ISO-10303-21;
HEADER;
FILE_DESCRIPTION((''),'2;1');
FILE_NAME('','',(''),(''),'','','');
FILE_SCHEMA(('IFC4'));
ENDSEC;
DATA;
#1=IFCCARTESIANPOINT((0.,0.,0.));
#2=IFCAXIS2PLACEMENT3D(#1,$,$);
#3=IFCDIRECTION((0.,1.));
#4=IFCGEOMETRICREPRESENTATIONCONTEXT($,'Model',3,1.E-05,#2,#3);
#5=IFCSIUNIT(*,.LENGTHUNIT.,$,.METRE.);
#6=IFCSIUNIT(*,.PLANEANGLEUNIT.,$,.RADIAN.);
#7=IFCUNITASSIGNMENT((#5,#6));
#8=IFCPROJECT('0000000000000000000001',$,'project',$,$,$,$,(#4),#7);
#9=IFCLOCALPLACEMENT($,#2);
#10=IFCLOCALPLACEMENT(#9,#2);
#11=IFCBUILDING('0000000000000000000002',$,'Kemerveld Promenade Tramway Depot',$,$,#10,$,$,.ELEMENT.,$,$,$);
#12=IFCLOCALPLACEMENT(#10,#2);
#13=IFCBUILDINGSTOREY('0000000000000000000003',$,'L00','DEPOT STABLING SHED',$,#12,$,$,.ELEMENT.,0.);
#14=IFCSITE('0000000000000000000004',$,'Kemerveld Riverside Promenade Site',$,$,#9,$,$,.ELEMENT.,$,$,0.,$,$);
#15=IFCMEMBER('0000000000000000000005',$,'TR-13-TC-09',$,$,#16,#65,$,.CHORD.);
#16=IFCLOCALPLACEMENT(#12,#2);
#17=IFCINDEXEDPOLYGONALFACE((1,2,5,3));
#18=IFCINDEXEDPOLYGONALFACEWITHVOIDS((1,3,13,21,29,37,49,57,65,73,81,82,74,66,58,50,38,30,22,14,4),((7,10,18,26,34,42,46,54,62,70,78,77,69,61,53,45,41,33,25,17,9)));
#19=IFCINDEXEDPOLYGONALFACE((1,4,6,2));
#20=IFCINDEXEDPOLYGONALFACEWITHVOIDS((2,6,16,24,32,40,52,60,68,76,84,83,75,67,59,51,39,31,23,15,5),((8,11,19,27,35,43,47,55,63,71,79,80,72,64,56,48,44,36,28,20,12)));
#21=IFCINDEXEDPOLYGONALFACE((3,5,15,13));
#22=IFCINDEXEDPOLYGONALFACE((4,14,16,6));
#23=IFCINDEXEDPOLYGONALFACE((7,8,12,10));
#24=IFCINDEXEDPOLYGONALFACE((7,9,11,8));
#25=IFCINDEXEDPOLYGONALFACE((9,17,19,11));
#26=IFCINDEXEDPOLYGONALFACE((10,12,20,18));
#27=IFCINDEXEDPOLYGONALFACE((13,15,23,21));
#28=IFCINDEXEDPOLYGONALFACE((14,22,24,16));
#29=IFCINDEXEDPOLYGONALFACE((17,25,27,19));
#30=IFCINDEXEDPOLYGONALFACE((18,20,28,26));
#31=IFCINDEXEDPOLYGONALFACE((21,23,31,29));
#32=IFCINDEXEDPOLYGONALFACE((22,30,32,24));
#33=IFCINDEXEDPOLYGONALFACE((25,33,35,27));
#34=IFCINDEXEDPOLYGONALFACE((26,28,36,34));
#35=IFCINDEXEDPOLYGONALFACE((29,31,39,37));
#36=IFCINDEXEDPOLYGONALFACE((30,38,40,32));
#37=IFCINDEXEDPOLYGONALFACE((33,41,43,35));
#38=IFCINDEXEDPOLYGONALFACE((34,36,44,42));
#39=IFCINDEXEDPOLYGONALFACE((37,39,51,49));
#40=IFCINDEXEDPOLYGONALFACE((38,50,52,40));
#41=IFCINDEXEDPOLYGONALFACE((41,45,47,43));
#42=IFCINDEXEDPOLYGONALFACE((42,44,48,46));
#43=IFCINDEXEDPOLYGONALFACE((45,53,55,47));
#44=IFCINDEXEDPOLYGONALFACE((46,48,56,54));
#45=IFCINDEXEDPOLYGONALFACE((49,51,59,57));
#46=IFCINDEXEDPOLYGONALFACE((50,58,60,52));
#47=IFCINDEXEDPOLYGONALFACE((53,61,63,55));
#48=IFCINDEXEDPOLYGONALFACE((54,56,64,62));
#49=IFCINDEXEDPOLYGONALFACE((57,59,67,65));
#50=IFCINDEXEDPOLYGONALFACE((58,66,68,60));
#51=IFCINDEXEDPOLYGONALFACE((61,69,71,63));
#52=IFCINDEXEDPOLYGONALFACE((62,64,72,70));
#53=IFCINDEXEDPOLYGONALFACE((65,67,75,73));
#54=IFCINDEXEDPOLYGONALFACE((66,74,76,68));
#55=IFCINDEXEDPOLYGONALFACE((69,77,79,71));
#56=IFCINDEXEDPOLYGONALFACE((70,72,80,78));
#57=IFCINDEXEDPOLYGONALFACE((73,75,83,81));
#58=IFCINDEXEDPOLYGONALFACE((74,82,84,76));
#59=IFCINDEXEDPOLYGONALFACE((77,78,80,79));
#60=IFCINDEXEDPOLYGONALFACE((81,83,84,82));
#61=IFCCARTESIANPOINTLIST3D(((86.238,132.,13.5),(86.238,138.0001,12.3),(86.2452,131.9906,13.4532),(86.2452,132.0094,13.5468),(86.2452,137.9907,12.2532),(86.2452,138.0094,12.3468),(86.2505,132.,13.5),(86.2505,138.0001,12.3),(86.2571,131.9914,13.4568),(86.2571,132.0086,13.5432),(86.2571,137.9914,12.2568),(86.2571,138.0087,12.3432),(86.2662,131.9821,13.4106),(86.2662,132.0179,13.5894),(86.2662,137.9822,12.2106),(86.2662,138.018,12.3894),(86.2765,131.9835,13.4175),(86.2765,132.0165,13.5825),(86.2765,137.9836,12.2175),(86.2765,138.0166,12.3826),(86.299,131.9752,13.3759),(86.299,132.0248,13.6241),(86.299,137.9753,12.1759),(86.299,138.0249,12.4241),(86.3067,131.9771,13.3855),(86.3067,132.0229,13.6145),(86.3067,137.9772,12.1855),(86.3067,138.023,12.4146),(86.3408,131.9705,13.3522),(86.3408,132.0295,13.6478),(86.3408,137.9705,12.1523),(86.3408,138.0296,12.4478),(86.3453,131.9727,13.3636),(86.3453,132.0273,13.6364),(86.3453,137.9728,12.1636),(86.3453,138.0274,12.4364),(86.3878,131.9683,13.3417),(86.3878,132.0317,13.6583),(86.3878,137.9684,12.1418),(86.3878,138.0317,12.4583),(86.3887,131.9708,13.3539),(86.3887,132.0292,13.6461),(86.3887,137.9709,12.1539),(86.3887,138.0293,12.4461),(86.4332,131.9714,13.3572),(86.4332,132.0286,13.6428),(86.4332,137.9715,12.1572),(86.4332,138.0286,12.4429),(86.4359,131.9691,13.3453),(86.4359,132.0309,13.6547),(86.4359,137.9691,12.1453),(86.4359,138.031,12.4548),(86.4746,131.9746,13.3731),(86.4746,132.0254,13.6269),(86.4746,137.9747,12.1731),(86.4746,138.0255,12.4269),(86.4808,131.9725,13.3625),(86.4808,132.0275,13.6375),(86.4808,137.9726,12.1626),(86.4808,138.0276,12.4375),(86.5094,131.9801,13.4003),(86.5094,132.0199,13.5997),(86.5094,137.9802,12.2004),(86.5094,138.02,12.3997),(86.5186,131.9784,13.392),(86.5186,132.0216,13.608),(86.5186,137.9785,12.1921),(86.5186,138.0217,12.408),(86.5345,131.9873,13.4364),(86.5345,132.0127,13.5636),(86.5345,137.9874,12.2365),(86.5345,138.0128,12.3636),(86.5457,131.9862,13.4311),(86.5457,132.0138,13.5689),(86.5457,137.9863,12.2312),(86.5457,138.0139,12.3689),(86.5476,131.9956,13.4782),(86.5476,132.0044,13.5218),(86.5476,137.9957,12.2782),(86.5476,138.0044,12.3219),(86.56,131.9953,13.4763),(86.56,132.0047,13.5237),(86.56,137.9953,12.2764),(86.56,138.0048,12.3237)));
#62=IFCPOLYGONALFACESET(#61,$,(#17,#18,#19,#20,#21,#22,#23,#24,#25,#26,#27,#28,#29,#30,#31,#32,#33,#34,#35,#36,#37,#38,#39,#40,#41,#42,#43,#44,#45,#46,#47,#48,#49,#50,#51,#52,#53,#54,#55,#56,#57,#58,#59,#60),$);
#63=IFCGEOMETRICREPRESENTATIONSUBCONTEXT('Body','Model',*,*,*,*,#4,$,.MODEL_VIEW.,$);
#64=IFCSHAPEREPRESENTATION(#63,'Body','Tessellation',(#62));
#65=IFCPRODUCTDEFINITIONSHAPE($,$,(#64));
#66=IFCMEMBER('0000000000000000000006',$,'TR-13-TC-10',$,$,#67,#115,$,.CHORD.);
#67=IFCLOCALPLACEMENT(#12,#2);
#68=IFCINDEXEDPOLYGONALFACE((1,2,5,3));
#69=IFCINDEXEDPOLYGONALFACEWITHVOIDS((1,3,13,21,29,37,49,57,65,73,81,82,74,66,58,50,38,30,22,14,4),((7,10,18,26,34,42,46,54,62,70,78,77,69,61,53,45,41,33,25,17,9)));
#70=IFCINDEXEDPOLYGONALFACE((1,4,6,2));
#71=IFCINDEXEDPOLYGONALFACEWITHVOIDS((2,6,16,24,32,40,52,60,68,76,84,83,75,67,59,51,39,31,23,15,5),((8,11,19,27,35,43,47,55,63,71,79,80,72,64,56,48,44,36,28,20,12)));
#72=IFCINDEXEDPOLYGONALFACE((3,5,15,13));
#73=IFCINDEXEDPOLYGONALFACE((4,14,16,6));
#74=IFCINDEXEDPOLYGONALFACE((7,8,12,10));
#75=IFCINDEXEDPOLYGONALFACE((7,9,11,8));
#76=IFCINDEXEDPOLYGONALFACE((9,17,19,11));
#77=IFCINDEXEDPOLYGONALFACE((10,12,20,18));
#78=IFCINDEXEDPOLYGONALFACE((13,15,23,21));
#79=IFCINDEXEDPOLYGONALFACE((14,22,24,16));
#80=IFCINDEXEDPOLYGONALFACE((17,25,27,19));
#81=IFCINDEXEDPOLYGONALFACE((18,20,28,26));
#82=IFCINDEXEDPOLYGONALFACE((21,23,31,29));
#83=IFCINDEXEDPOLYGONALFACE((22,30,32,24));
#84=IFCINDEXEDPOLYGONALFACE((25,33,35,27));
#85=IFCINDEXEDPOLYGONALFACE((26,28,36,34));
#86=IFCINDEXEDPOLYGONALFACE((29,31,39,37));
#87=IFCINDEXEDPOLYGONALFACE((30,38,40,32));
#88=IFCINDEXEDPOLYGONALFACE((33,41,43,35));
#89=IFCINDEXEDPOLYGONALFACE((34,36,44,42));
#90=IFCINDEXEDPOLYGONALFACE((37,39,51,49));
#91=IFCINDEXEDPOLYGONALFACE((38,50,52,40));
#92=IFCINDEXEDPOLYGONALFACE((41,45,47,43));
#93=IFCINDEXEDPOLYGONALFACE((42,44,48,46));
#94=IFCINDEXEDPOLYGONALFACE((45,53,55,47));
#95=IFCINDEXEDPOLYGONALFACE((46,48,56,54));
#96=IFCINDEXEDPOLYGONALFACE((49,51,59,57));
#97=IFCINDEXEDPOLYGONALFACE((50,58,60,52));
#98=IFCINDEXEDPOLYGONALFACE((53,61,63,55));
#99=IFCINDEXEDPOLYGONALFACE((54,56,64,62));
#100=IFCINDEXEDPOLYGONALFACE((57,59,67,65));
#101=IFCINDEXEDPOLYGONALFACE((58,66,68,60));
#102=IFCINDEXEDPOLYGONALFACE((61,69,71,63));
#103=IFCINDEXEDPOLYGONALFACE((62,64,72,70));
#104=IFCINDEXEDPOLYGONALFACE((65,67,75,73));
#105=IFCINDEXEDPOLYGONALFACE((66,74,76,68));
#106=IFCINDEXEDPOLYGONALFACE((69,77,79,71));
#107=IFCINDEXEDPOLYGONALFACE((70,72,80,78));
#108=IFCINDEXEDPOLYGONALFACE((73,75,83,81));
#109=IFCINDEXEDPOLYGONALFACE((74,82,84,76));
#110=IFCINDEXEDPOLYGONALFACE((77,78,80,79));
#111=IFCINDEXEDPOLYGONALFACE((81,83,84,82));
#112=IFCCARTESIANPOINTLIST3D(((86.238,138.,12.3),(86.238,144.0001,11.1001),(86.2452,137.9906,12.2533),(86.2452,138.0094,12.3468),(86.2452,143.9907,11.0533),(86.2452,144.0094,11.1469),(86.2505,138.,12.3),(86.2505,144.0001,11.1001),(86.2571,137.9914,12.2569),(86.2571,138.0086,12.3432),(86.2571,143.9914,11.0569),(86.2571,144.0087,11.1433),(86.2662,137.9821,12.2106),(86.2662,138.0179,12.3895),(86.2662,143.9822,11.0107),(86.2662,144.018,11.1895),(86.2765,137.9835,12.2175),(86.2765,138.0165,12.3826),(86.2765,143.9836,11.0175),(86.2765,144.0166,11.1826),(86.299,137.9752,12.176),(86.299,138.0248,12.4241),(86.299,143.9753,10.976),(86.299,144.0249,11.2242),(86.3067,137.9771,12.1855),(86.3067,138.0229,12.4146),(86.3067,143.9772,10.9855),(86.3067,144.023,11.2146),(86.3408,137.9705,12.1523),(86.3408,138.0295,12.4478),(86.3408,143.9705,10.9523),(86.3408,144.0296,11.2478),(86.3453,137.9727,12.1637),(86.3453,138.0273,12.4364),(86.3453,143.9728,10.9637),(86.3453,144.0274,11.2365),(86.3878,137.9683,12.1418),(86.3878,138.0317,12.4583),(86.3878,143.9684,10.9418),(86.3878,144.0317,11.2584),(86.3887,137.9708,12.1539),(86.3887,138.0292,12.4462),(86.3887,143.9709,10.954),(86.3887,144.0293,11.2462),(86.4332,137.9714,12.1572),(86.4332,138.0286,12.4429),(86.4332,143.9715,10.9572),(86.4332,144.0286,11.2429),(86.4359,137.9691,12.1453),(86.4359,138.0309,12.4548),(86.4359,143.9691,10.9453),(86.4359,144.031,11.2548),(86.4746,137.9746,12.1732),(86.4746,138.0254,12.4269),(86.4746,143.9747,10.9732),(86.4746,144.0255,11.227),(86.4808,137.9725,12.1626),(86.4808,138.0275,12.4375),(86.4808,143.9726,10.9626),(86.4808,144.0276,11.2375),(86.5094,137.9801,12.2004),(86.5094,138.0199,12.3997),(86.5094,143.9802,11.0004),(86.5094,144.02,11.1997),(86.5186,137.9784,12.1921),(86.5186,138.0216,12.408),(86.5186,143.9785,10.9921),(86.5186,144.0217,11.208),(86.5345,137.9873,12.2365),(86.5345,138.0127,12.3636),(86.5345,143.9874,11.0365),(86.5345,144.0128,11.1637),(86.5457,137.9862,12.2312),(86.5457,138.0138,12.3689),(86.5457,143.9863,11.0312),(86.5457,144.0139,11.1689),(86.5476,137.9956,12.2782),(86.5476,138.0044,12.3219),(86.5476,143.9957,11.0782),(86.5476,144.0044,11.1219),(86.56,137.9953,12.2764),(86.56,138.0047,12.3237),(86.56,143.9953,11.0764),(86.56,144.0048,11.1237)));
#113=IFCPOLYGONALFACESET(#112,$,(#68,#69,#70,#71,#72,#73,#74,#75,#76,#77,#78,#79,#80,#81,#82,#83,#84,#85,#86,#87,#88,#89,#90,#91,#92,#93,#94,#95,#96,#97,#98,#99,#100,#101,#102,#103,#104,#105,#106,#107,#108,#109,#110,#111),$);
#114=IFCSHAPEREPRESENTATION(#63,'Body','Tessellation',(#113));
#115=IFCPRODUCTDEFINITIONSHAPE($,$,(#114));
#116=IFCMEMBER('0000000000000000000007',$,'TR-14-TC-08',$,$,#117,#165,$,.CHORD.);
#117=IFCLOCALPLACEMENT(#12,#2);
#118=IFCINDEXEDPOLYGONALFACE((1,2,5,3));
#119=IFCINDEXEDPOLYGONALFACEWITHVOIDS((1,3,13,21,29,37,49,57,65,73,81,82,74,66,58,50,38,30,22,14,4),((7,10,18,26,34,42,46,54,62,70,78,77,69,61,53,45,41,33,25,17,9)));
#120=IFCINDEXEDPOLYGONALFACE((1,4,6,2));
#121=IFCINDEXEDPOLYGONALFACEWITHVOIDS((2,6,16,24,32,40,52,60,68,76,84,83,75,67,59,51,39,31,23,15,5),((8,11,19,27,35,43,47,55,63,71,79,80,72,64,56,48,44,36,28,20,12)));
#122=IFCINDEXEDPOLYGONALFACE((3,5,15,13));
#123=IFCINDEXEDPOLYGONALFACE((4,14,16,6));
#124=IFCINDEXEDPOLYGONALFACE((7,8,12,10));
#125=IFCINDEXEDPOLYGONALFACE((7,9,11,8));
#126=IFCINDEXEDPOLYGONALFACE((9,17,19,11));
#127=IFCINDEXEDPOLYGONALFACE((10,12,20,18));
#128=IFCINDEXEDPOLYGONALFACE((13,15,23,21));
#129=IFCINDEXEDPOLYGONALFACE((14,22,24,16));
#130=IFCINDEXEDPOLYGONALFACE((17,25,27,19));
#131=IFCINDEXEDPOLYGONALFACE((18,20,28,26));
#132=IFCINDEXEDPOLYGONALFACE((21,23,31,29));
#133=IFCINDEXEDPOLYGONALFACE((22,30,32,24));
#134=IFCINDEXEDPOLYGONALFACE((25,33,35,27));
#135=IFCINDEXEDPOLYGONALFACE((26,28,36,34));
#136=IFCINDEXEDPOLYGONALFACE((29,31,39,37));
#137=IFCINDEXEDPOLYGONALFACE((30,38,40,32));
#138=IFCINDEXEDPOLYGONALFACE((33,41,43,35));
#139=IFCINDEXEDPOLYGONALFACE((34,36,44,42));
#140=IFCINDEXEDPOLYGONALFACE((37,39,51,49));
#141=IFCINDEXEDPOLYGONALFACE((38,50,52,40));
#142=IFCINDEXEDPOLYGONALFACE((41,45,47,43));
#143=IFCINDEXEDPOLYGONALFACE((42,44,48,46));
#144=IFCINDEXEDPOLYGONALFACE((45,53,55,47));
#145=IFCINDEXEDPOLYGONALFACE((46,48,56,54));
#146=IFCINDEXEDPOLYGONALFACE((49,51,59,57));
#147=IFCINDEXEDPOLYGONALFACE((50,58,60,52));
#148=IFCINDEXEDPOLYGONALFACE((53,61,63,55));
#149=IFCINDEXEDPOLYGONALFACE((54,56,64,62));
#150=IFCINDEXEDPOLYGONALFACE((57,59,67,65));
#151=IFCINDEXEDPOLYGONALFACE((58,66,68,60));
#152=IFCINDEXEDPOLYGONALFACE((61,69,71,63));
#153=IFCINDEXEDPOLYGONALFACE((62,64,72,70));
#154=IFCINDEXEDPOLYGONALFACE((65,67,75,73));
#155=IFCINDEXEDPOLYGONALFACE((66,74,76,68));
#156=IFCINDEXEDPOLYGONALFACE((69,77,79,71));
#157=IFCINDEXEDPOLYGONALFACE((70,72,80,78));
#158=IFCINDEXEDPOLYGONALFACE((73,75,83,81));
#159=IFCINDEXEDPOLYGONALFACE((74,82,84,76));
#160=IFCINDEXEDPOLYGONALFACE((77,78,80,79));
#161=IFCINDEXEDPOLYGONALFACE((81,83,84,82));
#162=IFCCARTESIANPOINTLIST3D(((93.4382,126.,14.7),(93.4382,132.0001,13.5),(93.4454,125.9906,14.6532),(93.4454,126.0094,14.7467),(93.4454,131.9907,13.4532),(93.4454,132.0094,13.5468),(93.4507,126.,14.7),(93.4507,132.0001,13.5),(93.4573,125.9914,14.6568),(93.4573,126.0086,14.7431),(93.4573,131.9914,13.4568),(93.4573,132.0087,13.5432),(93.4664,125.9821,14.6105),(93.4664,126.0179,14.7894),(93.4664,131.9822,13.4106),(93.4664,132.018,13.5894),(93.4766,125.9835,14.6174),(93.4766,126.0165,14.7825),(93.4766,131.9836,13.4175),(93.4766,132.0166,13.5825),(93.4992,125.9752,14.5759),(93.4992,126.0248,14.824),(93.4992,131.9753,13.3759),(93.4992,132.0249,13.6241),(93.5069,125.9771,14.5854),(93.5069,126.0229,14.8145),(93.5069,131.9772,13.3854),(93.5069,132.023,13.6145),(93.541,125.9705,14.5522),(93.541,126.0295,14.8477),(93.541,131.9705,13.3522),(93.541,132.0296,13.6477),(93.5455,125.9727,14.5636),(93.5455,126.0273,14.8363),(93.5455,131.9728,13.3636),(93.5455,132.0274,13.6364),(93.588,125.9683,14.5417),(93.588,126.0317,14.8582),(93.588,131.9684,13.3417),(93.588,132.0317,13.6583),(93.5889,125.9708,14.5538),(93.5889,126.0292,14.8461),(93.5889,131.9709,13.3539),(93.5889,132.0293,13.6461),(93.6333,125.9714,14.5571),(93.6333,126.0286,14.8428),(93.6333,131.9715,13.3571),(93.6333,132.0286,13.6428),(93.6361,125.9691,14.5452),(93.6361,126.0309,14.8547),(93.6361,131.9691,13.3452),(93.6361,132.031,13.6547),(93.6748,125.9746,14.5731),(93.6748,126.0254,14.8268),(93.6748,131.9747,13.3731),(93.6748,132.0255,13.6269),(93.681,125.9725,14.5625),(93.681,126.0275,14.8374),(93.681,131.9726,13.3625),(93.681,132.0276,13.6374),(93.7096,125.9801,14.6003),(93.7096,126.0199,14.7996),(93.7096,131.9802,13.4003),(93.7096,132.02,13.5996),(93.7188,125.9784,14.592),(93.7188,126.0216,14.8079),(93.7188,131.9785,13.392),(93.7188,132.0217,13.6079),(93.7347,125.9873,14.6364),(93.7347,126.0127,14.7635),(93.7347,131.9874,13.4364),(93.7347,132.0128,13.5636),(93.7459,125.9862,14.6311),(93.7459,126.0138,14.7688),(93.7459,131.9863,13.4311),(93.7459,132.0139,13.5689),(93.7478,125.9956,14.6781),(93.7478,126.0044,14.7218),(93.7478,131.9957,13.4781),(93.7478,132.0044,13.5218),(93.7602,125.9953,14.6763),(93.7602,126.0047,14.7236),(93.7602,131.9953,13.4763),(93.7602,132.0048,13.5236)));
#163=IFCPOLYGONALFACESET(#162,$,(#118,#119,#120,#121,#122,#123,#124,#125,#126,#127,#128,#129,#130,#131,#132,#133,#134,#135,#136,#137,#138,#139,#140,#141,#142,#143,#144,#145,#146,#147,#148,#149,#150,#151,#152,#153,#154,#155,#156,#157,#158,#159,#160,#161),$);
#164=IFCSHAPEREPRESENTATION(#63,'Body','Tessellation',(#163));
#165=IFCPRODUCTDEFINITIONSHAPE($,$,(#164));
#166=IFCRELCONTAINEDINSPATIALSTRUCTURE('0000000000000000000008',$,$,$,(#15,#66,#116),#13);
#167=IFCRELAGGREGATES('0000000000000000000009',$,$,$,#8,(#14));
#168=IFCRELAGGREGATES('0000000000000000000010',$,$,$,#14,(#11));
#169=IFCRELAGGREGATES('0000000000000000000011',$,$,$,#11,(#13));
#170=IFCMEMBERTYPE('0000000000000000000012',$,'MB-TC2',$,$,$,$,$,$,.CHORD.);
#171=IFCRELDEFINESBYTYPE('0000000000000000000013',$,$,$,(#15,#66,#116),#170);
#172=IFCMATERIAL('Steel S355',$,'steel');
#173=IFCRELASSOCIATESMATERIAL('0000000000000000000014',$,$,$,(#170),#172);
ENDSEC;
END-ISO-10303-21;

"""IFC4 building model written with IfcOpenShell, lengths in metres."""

from ifc_helpers import new_model, si_unit, direction, frame, origin, origin_2d, place, context, subcontext, project, spatial, hollow_circle, extrude, material, material_profile, profile_set, type_object, element, save


model = new_model("IFC4")

# Units and contexts
model_context = context("Model", 3, precision=1e-05, world=origin(), true_north=direction((0.0, 1.0)))
body_context = subcontext(model_context, "Body", "Model", "MODEL_VIEW")
ifc_project = project(units=[si_unit("LENGTHUNIT", "METRE"), si_unit("PLANEANGLEUNIT", "RADIAN")], contexts=[model_context])

# Site, building, storey
site_placement = place(None, origin())
site = spatial("IfcSite", under=ifc_project, at=site_placement, Name="Kemerveld Riverside Promenade Site", CompositionType="ELEMENT", RefElevation=0.0)
building_placement = place(site_placement, origin())
building = spatial("IfcBuilding", under=site, at=building_placement, Name="Kemerveld Promenade Tramway Depot", CompositionType="ELEMENT")
storey_placement = place(building_placement, origin())
storey = spatial("IfcBuildingStorey", under=building, at=storey_placement, Name="L00", Description="DEPOT STABLING SHED", CompositionType="ELEMENT", Elevation=0.0)

# Members
ifc_material_1 = material(Name="Steel S355", Category="steel")
ifc_material_profile_1 = material_profile(ifc_material_1, hollow_circle(Radius=0.1619, WallThickness=0.0125, at=origin_2d()), Name="323.9x12.5 CHS")
ifc_profile_set_1 = profile_set([ifc_material_profile_1], Name="Steel S355")
member_type_1 = type_object("IfcMemberType", Name="MB-TC2", PredefinedType="CHORD", material=ifc_profile_set_1)
for number, where, z_axis, x_axis, name in (
    (1, (86.3999, 132.0, 13.5), (0.0, 0.980582, -0.196108), (-1.0, 0.0, 0.0), "TR-13-TC-09"),
    (2, (86.3999, 138.0, 12.3), (0.0, 0.980582, -0.196108), (-1.0, 0.0, 0.0), "TR-13-TC-10"),
    (3, (93.6001, 126.0, 14.7), (0.0, 0.980582, -0.196108), (-1.0, 0.0, 0.0), "TR-14-TC-08"),
):
    element("IfcMember", number, at=place(storey_placement, frame(where, z_axis=z_axis, x_axis=x_axis)), inside=storey, type_object=member_type_1, Name=name, PredefinedType="CHORD", context=body_context, shape_type="SweptSolid", body=[
        extrude(hollow_circle(Radius=0.1619, WallThickness=0.0125, at=origin_2d()), origin(), (0.0, 0.0, 1.0), 6.1189),
    ])

save(model, "model.ifc")
